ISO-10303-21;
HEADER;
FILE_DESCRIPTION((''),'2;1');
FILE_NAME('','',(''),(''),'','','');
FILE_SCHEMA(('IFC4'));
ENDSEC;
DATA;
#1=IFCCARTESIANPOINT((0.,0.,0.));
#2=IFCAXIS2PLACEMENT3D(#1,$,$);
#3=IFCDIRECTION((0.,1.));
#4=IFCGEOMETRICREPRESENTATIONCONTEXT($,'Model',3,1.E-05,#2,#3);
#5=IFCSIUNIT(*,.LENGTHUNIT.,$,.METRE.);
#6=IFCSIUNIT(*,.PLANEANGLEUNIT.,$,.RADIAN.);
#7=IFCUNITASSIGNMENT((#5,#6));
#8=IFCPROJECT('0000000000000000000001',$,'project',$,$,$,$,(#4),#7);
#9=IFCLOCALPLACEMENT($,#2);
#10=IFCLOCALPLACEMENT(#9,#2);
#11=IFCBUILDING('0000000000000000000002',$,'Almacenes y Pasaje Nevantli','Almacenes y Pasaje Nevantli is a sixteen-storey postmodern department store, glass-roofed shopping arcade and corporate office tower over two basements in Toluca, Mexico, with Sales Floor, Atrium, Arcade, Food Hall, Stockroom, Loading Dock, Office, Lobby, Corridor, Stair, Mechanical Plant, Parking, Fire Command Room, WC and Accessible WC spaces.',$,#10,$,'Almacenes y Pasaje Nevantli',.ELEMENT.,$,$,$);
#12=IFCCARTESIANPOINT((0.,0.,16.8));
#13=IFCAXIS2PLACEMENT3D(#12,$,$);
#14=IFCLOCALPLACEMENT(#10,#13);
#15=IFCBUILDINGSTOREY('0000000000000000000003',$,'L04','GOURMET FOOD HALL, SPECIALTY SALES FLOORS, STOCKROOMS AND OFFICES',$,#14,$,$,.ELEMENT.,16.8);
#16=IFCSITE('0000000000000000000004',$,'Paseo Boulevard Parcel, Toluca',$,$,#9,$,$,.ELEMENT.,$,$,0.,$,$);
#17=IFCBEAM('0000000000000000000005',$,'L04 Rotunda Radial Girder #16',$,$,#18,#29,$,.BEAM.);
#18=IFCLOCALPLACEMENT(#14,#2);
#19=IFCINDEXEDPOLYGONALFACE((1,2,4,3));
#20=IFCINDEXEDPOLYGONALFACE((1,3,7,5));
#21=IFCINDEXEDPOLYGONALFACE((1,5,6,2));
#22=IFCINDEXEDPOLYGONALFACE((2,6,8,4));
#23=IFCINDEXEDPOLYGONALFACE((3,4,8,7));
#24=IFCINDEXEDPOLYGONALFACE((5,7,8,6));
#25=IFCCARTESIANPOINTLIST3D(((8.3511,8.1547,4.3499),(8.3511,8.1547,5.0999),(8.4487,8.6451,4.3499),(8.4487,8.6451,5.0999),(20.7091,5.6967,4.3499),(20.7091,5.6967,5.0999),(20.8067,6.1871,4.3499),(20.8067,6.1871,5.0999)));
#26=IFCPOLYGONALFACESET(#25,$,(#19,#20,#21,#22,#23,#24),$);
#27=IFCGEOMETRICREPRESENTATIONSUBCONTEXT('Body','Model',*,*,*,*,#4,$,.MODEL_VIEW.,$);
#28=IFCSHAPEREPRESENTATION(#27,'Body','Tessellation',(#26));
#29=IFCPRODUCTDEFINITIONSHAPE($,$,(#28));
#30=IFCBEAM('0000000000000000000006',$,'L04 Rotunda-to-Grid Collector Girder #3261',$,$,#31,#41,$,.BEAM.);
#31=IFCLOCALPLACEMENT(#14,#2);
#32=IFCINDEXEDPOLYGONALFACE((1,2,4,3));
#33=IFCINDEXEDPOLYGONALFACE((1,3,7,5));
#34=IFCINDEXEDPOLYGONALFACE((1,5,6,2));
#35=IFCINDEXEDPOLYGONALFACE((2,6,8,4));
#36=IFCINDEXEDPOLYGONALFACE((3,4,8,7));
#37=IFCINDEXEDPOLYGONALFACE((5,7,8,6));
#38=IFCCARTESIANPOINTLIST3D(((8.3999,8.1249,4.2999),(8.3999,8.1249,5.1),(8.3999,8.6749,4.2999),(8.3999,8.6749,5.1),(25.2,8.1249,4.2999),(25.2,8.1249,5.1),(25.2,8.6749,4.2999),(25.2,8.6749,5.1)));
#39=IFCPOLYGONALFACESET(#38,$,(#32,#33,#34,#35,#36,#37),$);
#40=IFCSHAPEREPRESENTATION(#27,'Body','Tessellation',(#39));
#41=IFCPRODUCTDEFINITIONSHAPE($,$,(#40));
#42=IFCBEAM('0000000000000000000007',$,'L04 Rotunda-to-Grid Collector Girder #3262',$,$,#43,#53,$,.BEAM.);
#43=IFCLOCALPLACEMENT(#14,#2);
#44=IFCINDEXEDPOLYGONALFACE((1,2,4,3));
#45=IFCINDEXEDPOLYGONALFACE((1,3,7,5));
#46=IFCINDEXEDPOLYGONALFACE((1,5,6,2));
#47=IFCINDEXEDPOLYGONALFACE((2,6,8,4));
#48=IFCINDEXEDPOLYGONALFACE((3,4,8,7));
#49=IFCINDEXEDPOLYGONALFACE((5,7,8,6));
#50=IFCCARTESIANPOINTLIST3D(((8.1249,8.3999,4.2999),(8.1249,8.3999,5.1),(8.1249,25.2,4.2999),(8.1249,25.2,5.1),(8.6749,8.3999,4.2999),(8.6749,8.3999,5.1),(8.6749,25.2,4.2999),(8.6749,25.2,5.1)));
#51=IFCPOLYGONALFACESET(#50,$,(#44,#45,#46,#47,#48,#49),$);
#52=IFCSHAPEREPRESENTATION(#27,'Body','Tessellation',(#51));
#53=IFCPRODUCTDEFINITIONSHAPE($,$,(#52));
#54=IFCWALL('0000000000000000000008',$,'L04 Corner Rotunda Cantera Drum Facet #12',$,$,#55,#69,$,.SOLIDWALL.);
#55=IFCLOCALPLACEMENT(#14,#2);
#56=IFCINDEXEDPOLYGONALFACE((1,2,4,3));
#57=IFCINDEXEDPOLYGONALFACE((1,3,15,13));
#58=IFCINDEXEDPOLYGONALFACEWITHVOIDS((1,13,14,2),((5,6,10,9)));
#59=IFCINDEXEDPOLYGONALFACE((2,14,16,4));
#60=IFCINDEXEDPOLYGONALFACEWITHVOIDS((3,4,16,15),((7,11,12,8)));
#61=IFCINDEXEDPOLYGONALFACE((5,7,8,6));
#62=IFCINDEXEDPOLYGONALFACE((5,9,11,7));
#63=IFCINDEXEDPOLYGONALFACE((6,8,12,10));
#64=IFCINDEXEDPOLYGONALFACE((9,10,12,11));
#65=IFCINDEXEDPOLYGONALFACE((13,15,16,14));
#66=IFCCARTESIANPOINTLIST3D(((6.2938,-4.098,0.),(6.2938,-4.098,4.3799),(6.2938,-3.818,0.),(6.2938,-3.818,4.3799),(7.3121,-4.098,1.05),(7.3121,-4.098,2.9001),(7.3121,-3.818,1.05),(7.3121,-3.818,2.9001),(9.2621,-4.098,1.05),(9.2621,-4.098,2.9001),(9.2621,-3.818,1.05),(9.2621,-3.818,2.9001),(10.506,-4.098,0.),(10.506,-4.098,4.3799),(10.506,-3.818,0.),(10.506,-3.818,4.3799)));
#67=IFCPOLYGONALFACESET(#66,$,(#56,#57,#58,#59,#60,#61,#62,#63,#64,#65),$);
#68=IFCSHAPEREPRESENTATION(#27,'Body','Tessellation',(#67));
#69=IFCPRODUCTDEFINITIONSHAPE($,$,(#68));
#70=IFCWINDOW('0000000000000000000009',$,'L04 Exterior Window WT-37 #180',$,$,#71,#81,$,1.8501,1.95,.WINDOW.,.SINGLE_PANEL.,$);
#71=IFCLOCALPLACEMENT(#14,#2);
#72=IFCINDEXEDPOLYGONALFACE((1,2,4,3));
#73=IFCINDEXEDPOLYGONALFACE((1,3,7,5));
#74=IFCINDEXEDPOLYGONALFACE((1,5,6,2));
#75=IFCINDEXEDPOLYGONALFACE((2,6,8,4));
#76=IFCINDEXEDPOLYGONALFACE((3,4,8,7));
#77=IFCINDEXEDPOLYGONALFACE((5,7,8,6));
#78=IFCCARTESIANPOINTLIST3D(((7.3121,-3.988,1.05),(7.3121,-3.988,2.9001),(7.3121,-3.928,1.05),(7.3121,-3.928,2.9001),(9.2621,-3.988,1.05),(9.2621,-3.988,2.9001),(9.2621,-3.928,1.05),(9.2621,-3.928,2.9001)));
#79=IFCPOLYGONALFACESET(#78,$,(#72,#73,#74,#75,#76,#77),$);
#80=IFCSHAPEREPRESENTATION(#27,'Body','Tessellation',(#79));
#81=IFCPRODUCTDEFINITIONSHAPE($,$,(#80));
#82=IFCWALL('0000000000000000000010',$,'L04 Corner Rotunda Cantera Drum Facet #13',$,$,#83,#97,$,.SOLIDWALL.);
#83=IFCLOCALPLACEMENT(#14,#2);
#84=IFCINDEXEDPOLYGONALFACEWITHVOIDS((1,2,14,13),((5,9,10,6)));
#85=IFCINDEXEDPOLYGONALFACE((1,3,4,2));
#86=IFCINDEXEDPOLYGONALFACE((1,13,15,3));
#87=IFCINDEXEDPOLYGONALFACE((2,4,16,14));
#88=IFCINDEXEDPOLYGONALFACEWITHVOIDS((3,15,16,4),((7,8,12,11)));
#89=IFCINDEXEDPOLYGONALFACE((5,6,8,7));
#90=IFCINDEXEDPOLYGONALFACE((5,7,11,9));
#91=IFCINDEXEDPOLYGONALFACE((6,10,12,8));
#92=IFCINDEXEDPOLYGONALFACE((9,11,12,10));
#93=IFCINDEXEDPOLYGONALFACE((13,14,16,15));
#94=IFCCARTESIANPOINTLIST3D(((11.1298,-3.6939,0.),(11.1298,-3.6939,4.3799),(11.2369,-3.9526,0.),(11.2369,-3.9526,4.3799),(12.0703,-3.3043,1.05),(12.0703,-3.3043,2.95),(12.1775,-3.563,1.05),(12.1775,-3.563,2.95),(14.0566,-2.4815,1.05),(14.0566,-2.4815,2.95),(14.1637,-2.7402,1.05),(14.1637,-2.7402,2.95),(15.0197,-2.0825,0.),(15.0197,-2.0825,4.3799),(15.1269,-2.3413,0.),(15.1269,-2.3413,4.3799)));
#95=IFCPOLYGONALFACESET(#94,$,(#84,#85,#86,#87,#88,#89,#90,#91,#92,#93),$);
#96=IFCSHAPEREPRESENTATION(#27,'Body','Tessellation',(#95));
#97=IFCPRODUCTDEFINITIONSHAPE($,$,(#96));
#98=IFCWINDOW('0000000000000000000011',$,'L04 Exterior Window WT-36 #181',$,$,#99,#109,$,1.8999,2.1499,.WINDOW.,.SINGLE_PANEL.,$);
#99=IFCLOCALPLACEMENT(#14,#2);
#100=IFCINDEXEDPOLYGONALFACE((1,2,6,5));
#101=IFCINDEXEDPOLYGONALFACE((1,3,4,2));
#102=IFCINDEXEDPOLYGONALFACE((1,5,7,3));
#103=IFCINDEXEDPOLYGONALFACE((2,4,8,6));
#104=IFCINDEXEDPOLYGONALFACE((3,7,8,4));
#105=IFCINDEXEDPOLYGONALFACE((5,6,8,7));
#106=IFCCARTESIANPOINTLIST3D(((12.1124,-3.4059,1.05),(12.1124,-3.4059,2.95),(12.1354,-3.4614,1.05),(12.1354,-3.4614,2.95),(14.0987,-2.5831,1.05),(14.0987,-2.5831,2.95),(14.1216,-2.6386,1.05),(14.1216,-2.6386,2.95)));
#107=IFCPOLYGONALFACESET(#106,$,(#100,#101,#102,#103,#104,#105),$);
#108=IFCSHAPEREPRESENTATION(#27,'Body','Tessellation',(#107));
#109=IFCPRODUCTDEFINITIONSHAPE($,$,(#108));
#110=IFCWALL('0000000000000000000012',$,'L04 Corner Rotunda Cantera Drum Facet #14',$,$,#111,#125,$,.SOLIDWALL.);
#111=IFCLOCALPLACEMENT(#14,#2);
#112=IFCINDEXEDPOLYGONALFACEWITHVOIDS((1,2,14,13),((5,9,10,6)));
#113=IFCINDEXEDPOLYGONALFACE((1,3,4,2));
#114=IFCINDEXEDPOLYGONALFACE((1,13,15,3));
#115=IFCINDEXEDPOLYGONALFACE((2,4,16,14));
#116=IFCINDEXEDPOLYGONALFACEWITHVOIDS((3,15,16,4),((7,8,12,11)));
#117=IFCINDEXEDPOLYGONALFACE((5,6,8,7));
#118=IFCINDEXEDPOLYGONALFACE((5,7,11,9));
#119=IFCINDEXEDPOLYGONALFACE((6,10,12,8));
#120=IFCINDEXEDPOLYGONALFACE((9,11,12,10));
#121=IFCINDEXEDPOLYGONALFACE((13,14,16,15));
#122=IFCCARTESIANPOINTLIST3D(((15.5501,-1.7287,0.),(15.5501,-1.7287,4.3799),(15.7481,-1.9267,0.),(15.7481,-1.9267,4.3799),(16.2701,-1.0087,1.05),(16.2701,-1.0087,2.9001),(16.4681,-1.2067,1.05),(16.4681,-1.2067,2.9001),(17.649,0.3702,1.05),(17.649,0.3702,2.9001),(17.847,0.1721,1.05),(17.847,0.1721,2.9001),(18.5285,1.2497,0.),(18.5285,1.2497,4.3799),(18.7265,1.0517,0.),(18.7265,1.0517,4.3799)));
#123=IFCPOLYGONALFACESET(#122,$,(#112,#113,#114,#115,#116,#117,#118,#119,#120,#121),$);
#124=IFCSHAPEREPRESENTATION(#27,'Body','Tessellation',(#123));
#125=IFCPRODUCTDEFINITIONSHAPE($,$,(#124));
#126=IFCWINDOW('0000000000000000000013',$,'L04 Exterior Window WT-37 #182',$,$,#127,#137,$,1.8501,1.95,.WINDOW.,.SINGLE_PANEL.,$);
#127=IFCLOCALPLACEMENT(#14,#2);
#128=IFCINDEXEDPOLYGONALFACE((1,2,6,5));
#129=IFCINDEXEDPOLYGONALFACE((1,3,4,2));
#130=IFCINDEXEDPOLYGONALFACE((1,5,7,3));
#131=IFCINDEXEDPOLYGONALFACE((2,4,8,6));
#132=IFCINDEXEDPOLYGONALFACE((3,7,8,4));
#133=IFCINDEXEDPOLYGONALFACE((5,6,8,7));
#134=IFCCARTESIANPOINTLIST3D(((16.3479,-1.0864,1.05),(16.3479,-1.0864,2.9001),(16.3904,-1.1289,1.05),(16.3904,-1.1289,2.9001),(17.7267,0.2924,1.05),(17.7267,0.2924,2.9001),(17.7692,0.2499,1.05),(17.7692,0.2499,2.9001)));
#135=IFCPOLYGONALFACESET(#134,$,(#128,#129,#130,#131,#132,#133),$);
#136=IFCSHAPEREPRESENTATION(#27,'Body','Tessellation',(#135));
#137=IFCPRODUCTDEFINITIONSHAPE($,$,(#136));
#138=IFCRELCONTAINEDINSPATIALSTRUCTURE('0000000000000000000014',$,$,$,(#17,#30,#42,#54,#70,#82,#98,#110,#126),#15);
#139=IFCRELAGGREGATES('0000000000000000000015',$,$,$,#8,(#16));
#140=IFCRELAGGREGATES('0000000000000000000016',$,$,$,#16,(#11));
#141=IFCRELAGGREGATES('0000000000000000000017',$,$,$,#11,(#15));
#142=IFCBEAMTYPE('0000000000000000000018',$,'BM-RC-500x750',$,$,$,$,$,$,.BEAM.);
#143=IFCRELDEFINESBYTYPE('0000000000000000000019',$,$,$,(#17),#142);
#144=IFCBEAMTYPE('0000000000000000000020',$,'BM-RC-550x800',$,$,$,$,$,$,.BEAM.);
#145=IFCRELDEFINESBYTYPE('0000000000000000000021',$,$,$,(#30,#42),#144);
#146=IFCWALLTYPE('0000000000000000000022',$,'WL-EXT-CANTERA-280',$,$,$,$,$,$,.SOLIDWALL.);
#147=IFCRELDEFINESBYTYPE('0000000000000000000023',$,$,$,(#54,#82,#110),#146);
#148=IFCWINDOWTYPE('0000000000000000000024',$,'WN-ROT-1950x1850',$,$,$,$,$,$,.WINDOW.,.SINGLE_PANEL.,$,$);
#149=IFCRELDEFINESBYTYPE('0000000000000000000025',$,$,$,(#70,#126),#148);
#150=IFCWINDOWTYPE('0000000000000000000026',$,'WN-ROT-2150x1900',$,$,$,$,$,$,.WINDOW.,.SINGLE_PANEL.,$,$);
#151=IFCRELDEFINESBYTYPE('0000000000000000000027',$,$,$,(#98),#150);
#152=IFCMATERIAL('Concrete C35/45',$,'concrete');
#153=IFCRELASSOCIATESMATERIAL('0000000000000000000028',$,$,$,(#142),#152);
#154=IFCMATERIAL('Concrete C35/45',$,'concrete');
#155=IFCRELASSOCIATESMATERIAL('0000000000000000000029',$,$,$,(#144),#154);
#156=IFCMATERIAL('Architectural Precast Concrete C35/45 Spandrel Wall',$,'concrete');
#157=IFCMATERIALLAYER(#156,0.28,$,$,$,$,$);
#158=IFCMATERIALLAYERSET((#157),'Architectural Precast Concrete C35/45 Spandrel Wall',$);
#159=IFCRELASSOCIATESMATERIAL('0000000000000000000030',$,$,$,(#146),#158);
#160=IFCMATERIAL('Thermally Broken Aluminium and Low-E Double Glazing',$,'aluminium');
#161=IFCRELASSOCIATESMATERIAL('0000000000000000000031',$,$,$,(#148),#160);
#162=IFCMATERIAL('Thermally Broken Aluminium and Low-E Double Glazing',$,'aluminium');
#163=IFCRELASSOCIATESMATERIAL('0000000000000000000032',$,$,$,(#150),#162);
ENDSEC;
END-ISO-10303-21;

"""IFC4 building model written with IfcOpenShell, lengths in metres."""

from ifc_helpers import new_model, si_unit, direction, frame, frame_2d, origin, origin_2d, place, context, subcontext, project, spatial, rectangle, extrude, material, layer, layer_set, material_profile, profile_set, type_object, element, fill, save


model = new_model("IFC4")

# Units and contexts
model_context = context("Model", 3, precision=1e-05, world=origin(), true_north=direction((0.0, 1.0)))
body_context = subcontext(model_context, "Body", "Model", "MODEL_VIEW")
ifc_project = project(units=[si_unit("LENGTHUNIT", "METRE"), si_unit("PLANEANGLEUNIT", "RADIAN")], contexts=[model_context])

# Site, building, storey
site_placement = place(None, origin())
site = spatial("IfcSite", under=ifc_project, at=site_placement, Name="Paseo Boulevard Parcel, Toluca", CompositionType="ELEMENT", RefElevation=0.0)
building_placement = place(site_placement, origin())
building = spatial("IfcBuilding", under=site, at=building_placement, Name="Almacenes y Pasaje Nevantli", Description="Almacenes y Pasaje Nevantli is a sixteen-storey postmodern department store, glass-roofed shopping arcade and corporate office tower over two basements in Toluca, Mexico, with Sales Floor, Atrium, Arcade, Food Hall, Stockroom, Loading Dock, Office, Lobby, Corridor, Stair, Mechanical Plant, Parking, Fire Command Room, WC and Accessible WC spaces.", LongName="Almacenes y Pasaje Nevantli", CompositionType="ELEMENT")
storey_placement = place(building_placement, frame((0.0, 0.0, 16.8)))
storey = spatial("IfcBuildingStorey", under=building, at=storey_placement, Name="L04", Description="GOURMET FOOD HALL, SPECIALTY SALES FLOORS, STOCKROOMS AND OFFICES", CompositionType="ELEMENT", Elevation=16.8)

# Beams
ifc_material_1 = material(Name="Concrete C35/45", Category="concrete")
ifc_material_profile_1 = material_profile(ifc_material_1, rectangle(XDim=0.5, YDim=0.75, at=origin_2d()), Name="RC-BM-500x750")
ifc_profile_set_1 = profile_set([ifc_material_profile_1], Name="Concrete C35/45")
beam_type_1 = type_object("IfcBeamType", Name="BM-RC-500x750", PredefinedType="BEAM", material=ifc_profile_set_1)
beam_placement = place(storey_placement, frame((8.3999, 8.3999, 4.7249), z_axis=(0.980787, -0.19508, 0.0), x_axis=(0.19508, 0.980787, 0.0)))
element("IfcBeam", 1, at=beam_placement, inside=storey, type_object=beam_type_1, Name="L04 Rotunda Radial Girder #16", PredefinedType="BEAM", context=body_context, shape_type="SweptSolid", body=[
    extrude(rectangle(XDim=0.5, YDim=0.75, at=origin_2d()), origin(), (0.0, 0.0, 1.0), 12.6001),
])
ifc_material_2 = material(Name="Concrete C35/45", Category="concrete")
ifc_material_profile_2 = material_profile(ifc_material_2, rectangle(XDim=0.55, YDim=0.8, at=origin_2d()), Name="RC-BM-550x800")
ifc_profile_set_2 = profile_set([ifc_material_profile_2], Name="Concrete C35/45")
beam_type_2 = type_object("IfcBeamType", Name="BM-RC-550x800", PredefinedType="BEAM", material=ifc_profile_set_2)
for number, where, z_axis, x_axis, name in (
    (2, (8.3999, 8.3999, 4.7), (1.0, 0.0, 0.0), (0.0, 1.0, 0.0), "L04 Rotunda-to-Grid Collector Girder #3261"),
    (3, (8.3999, 8.3999, 4.7), (0.0, 1.0, 0.0), (-1.0, 0.0, 0.0), "L04 Rotunda-to-Grid Collector Girder #3262"),
):
    element("IfcBeam", number, at=place(storey_placement, frame(where, z_axis=z_axis, x_axis=x_axis)), inside=storey, type_object=beam_type_2, Name=name, PredefinedType="BEAM", context=body_context, shape_type="SweptSolid", body=[
        extrude(rectangle(XDim=0.55, YDim=0.8, at=origin_2d()), origin(), (0.0, 0.0, 1.0), 16.8),
    ])

# Walls, openings, windows
ifc_material_3 = material(Name="Architectural Precast Concrete C35/45 Spandrel Wall", Category="concrete")
ifc_layer = layer(ifc_material_3, 0.28)
ifc_layer_set = layer_set([ifc_layer], Name="Architectural Precast Concrete C35/45 Spandrel Wall")
wall_type = type_object("IfcWallType", Name="WL-EXT-CANTERA-280", PredefinedType="SOLIDWALL", material=ifc_layer_set)
wall_1_placement = place(storey_placement, frame((6.2939, -3.958, 0.0), z_axis=(0.0, 0.0, 1.0), x_axis=(1.0, 0.0, 0.0)))
wall_1 = element("IfcWall", 4, at=wall_1_placement, inside=storey, type_object=wall_type, Name="L04 Corner Rotunda Cantera Drum Facet #12", PredefinedType="SOLIDWALL", context=body_context, shape_type="SweptSolid", body=[
    extrude(rectangle(XDim=4.2122, YDim=0.28, at=frame_2d((2.106, 0.0))), origin(), (0.0, 0.0, 1.0), 4.3799),
])
opening_1_placement = place(wall_1_placement, frame((1.0181, 0.0, 1.05)))
opening_1 = element("IfcOpeningElement", 5, at=opening_1_placement, cuts=wall_1, PredefinedType="OPENING", context=body_context, shape_type="SweptSolid", body=[
    extrude(rectangle(XDim=1.95, YDim=1.8501, at=frame_2d((0.9751, 0.925))), frame((0.0, 0.1499, 0.0), z_axis=(0.0, -1.0, 0.0), x_axis=(1.0, 0.0, 0.0)), (0.0, 0.0, 1.0), 0.3),
])
ifc_material_4 = material(Name="Thermally Broken Aluminium and Low-E Double Glazing", Category="aluminium")
window_type_1 = type_object("IfcWindowType", Name="WN-ROT-1950x1850", PartitioningType="SINGLE_PANEL", PredefinedType="WINDOW", material=ifc_material_4)
window_1_placement = place(opening_1_placement, origin())
window_1 = element("IfcWindow", 6, at=window_1_placement, inside=storey, type_object=window_type_1, Name="L04 Exterior Window WT-37 #180", OverallHeight=1.8501, OverallWidth=1.95, PartitioningType="SINGLE_PANEL", PredefinedType="WINDOW", context=body_context, shape_type="SweptSolid", body=[
    extrude(rectangle(XDim=1.95, YDim=1.8501, at=frame_2d((0.9751, 0.925))), frame((0.0, 0.03, 0.0), z_axis=(0.0, -1.0, 0.0), x_axis=(1.0, 0.0, 0.0)), (0.0, 0.0, 1.0), 0.0601),
])
fill(opening_1, window_1)
wall_2_placement = place(storey_placement, frame((11.1833, -3.8232, 0.0), z_axis=(0.0, 0.0, 1.0), x_axis=(0.923873, 0.3827, 0.0)))
wall_2 = element("IfcWall", 7, at=wall_2_placement, inside=storey, type_object=wall_type, Name="L04 Corner Rotunda Cantera Drum Facet #13", PredefinedType="SOLIDWALL", context=body_context, shape_type="SweptSolid", body=[
    extrude(rectangle(XDim=4.2104, YDim=0.28, at=frame_2d((2.1052, 0.0))), origin(), (0.0, 0.0, 1.0), 4.3799),
])
opening_2_placement = place(wall_2_placement, frame((1.0181, 0.0, 1.05)))
opening_2 = element("IfcOpeningElement", 8, at=opening_2_placement, cuts=wall_2, PredefinedType="OPENING", context=body_context, shape_type="SweptSolid", body=[
    extrude(rectangle(XDim=2.1499, YDim=1.8999, at=frame_2d((1.075, 0.95))), frame((0.0, 0.1499, 0.0), z_axis=(0.0, -1.0, 0.0), x_axis=(1.0, 0.0, 0.0)), (0.0, 0.0, 1.0), 0.3),
])
ifc_material_5 = material(Name="Thermally Broken Aluminium and Low-E Double Glazing", Category="aluminium")
window_type_2 = type_object("IfcWindowType", Name="WN-ROT-2150x1900", PartitioningType="SINGLE_PANEL", PredefinedType="WINDOW", material=ifc_material_5)
window_2_placement = place(opening_2_placement, origin())
window_2 = element("IfcWindow", 9, at=window_2_placement, inside=storey, type_object=window_type_2, Name="L04 Exterior Window WT-36 #181", OverallHeight=1.8999, OverallWidth=2.1499, PartitioningType="SINGLE_PANEL", PredefinedType="WINDOW", context=body_context, shape_type="SweptSolid", body=[
    extrude(rectangle(XDim=2.1499, YDim=1.8999, at=frame_2d((1.075, 0.95))), frame((0.0, 0.03, 0.0), z_axis=(0.0, -1.0, 0.0), x_axis=(1.0, 0.0, 0.0)), (0.0, 0.0, 1.0), 0.0601),
])
fill(opening_2, window_2)
wall_3_placement = place(storey_placement, frame((15.6492, -1.8276, 0.0), z_axis=(0.0, 0.0, 1.0), x_axis=(0.707107, 0.707107, 0.0)))
wall_3 = element("IfcWall", 10, at=wall_3_placement, inside=storey, type_object=wall_type, Name="L04 Corner Rotunda Cantera Drum Facet #14", PredefinedType="SOLIDWALL", context=body_context, shape_type="SweptSolid", body=[
    extrude(rectangle(XDim=4.2122, YDim=0.28, at=frame_2d((2.106, 0.0))), origin(), (0.0, 0.0, 1.0), 4.3799),
])
opening_3_placement = place(wall_3_placement, frame((1.0181, 0.0, 1.05)))
opening_3 = element("IfcOpeningElement", 11, at=opening_3_placement, cuts=wall_3, PredefinedType="OPENING", context=body_context, shape_type="SweptSolid", body=[
    extrude(rectangle(XDim=1.95, YDim=1.8501, at=frame_2d((0.9751, 0.925))), frame((0.0, 0.1499, 0.0), z_axis=(0.0, -1.0, 0.0), x_axis=(1.0, 0.0, 0.0)), (0.0, 0.0, 1.0), 0.3),
])
window_3_placement = place(opening_3_placement, origin())
window_3 = element("IfcWindow", 12, at=window_3_placement, inside=storey, type_object=window_type_1, Name="L04 Exterior Window WT-37 #182", OverallHeight=1.8501, OverallWidth=1.95, PartitioningType="SINGLE_PANEL", PredefinedType="WINDOW", context=body_context, shape_type="SweptSolid", body=[
    extrude(rectangle(XDim=1.95, YDim=1.8501, at=frame_2d((0.9751, 0.925))), frame((0.0, 0.03, 0.0), z_axis=(0.0, -1.0, 0.0), x_axis=(1.0, 0.0, 0.0)), (0.0, 0.0, 1.0), 0.0601),
])
fill(opening_3, window_3)

save(model, "model.ifc")
